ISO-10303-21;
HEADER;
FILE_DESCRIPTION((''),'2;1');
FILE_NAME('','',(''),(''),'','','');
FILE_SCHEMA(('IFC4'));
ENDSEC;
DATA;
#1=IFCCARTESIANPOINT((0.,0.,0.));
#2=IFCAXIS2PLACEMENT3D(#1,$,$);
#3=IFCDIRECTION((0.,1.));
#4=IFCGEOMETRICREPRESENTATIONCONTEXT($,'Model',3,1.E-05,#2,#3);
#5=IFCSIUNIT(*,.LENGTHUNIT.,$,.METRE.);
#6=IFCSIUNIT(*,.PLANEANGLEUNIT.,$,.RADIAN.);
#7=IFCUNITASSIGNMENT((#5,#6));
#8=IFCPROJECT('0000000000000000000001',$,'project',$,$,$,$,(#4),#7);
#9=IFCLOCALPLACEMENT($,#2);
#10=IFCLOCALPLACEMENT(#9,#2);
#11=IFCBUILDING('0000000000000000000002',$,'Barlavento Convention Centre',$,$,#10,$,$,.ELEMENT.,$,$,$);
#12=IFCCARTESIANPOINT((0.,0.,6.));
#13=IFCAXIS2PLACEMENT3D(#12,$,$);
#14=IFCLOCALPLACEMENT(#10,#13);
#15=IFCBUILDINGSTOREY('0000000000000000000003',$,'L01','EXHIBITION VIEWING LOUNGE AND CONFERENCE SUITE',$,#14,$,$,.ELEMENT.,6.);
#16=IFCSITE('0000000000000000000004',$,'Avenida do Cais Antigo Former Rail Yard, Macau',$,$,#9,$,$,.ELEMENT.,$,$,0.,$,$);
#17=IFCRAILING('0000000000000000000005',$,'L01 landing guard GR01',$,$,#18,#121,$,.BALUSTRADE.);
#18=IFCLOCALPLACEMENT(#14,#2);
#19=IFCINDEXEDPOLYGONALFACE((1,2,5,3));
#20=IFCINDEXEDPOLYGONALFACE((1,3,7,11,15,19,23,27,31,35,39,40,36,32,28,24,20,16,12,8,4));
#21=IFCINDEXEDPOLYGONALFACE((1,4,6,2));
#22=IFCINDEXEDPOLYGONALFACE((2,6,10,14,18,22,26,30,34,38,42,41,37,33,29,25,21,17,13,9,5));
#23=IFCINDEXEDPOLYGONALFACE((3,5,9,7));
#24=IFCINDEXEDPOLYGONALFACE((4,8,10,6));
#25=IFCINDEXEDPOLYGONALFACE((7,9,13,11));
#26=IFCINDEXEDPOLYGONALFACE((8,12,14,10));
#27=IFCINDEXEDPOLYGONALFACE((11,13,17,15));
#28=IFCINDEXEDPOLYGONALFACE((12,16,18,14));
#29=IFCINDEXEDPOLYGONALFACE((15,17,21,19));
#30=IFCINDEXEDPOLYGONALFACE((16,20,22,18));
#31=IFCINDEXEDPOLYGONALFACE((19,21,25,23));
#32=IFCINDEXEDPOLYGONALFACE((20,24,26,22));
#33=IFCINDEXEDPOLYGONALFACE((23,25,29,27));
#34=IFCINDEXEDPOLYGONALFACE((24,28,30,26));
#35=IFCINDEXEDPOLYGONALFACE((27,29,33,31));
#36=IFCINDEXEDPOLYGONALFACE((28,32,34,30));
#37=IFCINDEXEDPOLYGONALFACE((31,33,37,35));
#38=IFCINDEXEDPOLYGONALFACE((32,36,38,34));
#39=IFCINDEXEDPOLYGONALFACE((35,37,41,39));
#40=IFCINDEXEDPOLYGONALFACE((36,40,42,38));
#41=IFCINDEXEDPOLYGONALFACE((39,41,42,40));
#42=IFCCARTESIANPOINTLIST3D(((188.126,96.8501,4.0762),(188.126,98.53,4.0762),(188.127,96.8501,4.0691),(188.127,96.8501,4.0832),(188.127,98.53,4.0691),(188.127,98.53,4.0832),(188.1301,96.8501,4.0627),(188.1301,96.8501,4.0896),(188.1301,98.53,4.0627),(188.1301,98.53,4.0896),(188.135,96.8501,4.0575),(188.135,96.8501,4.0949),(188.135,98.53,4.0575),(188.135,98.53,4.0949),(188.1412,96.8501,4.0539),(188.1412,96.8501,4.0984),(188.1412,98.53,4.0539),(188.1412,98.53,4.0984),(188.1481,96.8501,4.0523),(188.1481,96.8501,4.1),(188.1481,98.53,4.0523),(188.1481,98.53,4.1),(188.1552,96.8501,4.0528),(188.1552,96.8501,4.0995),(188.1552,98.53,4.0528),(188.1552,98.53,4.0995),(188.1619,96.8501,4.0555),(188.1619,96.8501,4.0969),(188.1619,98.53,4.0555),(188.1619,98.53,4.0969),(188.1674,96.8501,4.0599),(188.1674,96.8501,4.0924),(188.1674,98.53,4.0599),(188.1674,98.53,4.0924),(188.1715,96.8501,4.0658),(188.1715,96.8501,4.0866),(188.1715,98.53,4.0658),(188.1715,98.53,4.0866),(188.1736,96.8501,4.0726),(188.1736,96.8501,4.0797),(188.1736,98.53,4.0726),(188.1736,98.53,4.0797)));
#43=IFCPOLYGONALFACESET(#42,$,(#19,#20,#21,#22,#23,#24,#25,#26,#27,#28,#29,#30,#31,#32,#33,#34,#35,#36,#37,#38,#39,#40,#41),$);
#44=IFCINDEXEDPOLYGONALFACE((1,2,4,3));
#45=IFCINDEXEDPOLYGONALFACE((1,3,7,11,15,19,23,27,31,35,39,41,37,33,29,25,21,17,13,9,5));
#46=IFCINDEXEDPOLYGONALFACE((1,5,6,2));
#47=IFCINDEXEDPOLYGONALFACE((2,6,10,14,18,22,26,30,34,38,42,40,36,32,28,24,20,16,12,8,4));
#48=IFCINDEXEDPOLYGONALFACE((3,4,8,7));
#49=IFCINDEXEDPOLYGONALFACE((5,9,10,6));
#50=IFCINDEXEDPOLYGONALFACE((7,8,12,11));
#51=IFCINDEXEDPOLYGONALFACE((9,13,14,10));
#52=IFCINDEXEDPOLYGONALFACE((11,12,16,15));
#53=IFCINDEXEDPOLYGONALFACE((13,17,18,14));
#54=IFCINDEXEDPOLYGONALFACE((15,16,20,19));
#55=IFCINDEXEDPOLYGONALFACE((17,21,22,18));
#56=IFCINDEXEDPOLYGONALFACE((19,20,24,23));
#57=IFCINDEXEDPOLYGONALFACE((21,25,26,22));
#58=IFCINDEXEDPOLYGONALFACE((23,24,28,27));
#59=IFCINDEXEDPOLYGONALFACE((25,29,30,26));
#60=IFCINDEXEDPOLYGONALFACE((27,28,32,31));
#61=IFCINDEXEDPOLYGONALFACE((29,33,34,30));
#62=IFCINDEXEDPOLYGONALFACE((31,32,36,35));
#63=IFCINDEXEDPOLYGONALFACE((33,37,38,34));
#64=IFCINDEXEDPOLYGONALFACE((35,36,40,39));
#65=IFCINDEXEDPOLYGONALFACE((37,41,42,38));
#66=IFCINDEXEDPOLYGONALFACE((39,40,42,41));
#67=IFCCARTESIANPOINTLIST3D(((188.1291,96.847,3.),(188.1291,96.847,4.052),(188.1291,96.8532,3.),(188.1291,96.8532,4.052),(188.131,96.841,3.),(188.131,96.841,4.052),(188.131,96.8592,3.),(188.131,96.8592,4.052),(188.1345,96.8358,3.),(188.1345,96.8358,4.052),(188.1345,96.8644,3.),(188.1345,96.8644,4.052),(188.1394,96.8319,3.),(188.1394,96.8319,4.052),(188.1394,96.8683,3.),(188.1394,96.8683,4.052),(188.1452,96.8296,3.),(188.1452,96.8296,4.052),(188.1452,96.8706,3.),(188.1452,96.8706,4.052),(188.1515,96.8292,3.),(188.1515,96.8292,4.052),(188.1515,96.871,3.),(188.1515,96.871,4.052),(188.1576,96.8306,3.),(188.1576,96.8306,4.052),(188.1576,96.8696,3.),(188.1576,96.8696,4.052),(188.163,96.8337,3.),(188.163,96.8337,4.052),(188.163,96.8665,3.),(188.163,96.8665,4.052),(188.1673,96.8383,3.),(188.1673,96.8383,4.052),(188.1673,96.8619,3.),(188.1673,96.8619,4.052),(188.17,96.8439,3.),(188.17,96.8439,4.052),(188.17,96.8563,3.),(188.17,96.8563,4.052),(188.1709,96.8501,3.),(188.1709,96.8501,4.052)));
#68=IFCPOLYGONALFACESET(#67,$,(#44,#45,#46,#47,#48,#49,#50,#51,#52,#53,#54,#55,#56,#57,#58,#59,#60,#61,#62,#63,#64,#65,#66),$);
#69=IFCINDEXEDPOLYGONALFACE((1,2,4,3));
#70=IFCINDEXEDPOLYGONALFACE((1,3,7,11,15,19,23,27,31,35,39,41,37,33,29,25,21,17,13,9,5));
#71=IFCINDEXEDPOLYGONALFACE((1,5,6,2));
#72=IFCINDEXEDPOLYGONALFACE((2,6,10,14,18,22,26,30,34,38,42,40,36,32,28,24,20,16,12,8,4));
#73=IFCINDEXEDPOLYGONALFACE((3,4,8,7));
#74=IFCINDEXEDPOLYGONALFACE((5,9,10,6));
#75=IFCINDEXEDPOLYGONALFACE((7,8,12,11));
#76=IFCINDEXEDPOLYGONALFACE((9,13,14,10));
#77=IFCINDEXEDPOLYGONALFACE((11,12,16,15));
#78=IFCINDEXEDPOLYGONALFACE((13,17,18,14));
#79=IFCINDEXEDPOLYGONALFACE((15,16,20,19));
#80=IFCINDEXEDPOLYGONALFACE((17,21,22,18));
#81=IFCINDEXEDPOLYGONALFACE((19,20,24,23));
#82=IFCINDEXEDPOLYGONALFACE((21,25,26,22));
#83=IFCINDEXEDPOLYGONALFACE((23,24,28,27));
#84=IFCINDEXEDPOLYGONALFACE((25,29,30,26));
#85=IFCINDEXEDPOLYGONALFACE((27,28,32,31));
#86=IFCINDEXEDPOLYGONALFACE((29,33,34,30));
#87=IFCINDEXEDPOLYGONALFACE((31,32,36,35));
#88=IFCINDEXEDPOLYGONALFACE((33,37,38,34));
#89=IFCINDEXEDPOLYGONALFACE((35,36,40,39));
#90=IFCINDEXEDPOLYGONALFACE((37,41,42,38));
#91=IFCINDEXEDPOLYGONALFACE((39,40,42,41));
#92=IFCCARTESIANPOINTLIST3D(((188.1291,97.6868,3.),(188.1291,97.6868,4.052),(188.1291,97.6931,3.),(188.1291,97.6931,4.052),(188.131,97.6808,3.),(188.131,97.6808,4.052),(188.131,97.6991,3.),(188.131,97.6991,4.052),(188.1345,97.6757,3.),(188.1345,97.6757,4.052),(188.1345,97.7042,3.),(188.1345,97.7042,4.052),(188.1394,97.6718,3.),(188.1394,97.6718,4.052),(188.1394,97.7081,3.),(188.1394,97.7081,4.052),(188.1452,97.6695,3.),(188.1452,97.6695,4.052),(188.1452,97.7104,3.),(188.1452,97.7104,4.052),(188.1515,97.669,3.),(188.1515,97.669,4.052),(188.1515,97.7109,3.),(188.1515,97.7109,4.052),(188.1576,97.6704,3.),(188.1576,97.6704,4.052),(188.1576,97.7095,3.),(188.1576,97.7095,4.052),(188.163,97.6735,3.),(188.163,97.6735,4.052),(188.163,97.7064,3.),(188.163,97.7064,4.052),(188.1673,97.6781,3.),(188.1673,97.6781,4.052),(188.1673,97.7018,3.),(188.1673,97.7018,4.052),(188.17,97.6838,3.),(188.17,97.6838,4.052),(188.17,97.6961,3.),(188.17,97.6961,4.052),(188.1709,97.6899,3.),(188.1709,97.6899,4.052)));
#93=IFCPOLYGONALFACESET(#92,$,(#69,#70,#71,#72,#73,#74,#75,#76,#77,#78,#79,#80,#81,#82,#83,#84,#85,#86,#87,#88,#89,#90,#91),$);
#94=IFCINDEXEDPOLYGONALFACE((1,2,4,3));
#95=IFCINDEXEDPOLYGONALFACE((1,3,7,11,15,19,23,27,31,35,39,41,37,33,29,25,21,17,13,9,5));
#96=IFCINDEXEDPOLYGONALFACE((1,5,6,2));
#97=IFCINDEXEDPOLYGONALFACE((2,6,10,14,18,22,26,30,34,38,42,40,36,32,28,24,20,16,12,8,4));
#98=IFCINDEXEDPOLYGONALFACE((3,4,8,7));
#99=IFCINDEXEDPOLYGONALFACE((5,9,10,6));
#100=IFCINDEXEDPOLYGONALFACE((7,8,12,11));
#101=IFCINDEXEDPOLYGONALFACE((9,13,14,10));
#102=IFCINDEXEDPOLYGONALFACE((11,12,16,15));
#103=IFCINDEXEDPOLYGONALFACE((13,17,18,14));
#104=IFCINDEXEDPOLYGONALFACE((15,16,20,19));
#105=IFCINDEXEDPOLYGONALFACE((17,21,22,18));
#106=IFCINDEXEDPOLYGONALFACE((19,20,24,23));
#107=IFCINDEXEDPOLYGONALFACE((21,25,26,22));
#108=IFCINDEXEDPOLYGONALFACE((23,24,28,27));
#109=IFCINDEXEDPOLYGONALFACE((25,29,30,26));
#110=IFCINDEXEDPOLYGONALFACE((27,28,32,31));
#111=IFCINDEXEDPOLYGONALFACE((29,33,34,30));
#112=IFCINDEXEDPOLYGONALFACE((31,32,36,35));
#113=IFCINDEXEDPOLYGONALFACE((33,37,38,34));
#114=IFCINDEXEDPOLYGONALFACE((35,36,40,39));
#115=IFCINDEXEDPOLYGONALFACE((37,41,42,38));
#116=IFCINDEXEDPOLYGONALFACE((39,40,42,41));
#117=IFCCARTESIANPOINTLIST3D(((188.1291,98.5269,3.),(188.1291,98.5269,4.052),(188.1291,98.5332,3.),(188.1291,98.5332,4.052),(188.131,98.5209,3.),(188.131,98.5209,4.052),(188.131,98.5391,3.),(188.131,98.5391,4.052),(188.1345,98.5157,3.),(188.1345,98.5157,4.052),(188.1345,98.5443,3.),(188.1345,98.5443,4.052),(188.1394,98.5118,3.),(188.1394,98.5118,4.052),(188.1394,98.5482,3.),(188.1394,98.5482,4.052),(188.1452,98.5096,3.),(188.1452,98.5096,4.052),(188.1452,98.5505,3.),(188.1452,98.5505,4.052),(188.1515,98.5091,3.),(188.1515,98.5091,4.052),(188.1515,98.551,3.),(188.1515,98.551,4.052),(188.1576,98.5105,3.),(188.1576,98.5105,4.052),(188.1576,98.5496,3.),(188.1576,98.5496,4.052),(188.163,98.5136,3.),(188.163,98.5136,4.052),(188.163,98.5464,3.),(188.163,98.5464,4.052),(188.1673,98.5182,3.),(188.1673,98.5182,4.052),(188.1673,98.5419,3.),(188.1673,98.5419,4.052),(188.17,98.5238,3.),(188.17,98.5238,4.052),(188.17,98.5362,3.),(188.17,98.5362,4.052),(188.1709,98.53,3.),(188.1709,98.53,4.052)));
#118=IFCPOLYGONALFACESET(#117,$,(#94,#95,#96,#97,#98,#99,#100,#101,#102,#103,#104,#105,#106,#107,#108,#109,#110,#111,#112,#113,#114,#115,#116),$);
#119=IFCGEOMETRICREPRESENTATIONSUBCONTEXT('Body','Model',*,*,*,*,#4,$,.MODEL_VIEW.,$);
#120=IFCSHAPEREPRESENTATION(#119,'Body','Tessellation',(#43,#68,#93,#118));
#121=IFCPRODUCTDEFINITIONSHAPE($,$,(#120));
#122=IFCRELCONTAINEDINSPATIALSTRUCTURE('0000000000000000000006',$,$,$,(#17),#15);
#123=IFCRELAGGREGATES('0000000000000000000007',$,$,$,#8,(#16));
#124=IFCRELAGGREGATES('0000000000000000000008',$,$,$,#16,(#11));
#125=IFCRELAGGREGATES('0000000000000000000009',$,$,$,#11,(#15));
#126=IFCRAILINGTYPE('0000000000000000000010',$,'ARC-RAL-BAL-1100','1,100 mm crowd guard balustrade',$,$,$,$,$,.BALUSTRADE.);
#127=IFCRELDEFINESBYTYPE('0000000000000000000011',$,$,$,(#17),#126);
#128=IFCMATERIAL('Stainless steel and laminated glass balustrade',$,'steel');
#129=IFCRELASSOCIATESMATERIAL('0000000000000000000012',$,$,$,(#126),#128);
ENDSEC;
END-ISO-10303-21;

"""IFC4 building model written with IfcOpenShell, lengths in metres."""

from ifc_helpers import new_model, si_unit, direction, frame, origin, origin_2d, place, context, subcontext, project, spatial, circle, extrude, material, type_object, element, save


model = new_model("IFC4")

# Units and contexts
model_context = context("Model", 3, precision=1e-05, world=origin(), true_north=direction((0.0, 1.0)))
body_context = subcontext(model_context, "Body", "Model", "MODEL_VIEW")
ifc_project = project(units=[si_unit("LENGTHUNIT", "METRE"), si_unit("PLANEANGLEUNIT", "RADIAN")], contexts=[model_context])

# Site, building, storey
site_placement = place(None, origin())
site = spatial("IfcSite", under=ifc_project, at=site_placement, Name="Avenida do Cais Antigo Former Rail Yard, Macau", CompositionType="ELEMENT", RefElevation=0.0)
building_placement = place(site_placement, origin())
building = spatial("IfcBuilding", under=site, at=building_placement, Name="Barlavento Convention Centre", CompositionType="ELEMENT")
storey_placement = place(building_placement, frame((0.0, 0.0, 6.0)))
storey = spatial("IfcBuildingStorey", under=building, at=storey_placement, Name="L01", Description="EXHIBITION VIEWING LOUNGE AND CONFERENCE SUITE", CompositionType="ELEMENT", Elevation=6.0)

# Railing
ifc_material_1 = material(Name="Stainless steel and laminated glass balustrade", Category="steel")
railing_type = type_object("IfcRailingType", Name="ARC-RAL-BAL-1100", Description="1,100 mm crowd guard balustrade", PredefinedType="BALUSTRADE", material=ifc_material_1)
railing_placement = place(storey_placement, frame((188.1499, 96.8501, 3.0)))
element("IfcRailing", 1, at=railing_placement, inside=storey, type_object=railing_type, Name="L01 landing guard GR01", PredefinedType="BALUSTRADE", context=body_context, shape_type="SweptSolid", body=[
    extrude(circle(Radius=0.0239, at=origin_2d()), frame((0.0, 0.0, 1.0762), z_axis=(0.0, 1.0, 0.0), x_axis=(-1.0, 0.0, 0.0)), (0.0, 0.0, 1.0), 1.6799),
    extrude(circle(Radius=0.021, at=origin_2d()), origin(), (0.0, 0.0, 1.0), 1.052),
    extrude(circle(Radius=0.021, at=origin_2d()), frame((0.0, 0.8398, 0.0)), (0.0, 0.0, 1.0), 1.052),
    extrude(circle(Radius=0.021, at=origin_2d()), frame((0.0, 1.6799, 0.0)), (0.0, 0.0, 1.0), 1.052),
])

save(model, "model.ifc")
